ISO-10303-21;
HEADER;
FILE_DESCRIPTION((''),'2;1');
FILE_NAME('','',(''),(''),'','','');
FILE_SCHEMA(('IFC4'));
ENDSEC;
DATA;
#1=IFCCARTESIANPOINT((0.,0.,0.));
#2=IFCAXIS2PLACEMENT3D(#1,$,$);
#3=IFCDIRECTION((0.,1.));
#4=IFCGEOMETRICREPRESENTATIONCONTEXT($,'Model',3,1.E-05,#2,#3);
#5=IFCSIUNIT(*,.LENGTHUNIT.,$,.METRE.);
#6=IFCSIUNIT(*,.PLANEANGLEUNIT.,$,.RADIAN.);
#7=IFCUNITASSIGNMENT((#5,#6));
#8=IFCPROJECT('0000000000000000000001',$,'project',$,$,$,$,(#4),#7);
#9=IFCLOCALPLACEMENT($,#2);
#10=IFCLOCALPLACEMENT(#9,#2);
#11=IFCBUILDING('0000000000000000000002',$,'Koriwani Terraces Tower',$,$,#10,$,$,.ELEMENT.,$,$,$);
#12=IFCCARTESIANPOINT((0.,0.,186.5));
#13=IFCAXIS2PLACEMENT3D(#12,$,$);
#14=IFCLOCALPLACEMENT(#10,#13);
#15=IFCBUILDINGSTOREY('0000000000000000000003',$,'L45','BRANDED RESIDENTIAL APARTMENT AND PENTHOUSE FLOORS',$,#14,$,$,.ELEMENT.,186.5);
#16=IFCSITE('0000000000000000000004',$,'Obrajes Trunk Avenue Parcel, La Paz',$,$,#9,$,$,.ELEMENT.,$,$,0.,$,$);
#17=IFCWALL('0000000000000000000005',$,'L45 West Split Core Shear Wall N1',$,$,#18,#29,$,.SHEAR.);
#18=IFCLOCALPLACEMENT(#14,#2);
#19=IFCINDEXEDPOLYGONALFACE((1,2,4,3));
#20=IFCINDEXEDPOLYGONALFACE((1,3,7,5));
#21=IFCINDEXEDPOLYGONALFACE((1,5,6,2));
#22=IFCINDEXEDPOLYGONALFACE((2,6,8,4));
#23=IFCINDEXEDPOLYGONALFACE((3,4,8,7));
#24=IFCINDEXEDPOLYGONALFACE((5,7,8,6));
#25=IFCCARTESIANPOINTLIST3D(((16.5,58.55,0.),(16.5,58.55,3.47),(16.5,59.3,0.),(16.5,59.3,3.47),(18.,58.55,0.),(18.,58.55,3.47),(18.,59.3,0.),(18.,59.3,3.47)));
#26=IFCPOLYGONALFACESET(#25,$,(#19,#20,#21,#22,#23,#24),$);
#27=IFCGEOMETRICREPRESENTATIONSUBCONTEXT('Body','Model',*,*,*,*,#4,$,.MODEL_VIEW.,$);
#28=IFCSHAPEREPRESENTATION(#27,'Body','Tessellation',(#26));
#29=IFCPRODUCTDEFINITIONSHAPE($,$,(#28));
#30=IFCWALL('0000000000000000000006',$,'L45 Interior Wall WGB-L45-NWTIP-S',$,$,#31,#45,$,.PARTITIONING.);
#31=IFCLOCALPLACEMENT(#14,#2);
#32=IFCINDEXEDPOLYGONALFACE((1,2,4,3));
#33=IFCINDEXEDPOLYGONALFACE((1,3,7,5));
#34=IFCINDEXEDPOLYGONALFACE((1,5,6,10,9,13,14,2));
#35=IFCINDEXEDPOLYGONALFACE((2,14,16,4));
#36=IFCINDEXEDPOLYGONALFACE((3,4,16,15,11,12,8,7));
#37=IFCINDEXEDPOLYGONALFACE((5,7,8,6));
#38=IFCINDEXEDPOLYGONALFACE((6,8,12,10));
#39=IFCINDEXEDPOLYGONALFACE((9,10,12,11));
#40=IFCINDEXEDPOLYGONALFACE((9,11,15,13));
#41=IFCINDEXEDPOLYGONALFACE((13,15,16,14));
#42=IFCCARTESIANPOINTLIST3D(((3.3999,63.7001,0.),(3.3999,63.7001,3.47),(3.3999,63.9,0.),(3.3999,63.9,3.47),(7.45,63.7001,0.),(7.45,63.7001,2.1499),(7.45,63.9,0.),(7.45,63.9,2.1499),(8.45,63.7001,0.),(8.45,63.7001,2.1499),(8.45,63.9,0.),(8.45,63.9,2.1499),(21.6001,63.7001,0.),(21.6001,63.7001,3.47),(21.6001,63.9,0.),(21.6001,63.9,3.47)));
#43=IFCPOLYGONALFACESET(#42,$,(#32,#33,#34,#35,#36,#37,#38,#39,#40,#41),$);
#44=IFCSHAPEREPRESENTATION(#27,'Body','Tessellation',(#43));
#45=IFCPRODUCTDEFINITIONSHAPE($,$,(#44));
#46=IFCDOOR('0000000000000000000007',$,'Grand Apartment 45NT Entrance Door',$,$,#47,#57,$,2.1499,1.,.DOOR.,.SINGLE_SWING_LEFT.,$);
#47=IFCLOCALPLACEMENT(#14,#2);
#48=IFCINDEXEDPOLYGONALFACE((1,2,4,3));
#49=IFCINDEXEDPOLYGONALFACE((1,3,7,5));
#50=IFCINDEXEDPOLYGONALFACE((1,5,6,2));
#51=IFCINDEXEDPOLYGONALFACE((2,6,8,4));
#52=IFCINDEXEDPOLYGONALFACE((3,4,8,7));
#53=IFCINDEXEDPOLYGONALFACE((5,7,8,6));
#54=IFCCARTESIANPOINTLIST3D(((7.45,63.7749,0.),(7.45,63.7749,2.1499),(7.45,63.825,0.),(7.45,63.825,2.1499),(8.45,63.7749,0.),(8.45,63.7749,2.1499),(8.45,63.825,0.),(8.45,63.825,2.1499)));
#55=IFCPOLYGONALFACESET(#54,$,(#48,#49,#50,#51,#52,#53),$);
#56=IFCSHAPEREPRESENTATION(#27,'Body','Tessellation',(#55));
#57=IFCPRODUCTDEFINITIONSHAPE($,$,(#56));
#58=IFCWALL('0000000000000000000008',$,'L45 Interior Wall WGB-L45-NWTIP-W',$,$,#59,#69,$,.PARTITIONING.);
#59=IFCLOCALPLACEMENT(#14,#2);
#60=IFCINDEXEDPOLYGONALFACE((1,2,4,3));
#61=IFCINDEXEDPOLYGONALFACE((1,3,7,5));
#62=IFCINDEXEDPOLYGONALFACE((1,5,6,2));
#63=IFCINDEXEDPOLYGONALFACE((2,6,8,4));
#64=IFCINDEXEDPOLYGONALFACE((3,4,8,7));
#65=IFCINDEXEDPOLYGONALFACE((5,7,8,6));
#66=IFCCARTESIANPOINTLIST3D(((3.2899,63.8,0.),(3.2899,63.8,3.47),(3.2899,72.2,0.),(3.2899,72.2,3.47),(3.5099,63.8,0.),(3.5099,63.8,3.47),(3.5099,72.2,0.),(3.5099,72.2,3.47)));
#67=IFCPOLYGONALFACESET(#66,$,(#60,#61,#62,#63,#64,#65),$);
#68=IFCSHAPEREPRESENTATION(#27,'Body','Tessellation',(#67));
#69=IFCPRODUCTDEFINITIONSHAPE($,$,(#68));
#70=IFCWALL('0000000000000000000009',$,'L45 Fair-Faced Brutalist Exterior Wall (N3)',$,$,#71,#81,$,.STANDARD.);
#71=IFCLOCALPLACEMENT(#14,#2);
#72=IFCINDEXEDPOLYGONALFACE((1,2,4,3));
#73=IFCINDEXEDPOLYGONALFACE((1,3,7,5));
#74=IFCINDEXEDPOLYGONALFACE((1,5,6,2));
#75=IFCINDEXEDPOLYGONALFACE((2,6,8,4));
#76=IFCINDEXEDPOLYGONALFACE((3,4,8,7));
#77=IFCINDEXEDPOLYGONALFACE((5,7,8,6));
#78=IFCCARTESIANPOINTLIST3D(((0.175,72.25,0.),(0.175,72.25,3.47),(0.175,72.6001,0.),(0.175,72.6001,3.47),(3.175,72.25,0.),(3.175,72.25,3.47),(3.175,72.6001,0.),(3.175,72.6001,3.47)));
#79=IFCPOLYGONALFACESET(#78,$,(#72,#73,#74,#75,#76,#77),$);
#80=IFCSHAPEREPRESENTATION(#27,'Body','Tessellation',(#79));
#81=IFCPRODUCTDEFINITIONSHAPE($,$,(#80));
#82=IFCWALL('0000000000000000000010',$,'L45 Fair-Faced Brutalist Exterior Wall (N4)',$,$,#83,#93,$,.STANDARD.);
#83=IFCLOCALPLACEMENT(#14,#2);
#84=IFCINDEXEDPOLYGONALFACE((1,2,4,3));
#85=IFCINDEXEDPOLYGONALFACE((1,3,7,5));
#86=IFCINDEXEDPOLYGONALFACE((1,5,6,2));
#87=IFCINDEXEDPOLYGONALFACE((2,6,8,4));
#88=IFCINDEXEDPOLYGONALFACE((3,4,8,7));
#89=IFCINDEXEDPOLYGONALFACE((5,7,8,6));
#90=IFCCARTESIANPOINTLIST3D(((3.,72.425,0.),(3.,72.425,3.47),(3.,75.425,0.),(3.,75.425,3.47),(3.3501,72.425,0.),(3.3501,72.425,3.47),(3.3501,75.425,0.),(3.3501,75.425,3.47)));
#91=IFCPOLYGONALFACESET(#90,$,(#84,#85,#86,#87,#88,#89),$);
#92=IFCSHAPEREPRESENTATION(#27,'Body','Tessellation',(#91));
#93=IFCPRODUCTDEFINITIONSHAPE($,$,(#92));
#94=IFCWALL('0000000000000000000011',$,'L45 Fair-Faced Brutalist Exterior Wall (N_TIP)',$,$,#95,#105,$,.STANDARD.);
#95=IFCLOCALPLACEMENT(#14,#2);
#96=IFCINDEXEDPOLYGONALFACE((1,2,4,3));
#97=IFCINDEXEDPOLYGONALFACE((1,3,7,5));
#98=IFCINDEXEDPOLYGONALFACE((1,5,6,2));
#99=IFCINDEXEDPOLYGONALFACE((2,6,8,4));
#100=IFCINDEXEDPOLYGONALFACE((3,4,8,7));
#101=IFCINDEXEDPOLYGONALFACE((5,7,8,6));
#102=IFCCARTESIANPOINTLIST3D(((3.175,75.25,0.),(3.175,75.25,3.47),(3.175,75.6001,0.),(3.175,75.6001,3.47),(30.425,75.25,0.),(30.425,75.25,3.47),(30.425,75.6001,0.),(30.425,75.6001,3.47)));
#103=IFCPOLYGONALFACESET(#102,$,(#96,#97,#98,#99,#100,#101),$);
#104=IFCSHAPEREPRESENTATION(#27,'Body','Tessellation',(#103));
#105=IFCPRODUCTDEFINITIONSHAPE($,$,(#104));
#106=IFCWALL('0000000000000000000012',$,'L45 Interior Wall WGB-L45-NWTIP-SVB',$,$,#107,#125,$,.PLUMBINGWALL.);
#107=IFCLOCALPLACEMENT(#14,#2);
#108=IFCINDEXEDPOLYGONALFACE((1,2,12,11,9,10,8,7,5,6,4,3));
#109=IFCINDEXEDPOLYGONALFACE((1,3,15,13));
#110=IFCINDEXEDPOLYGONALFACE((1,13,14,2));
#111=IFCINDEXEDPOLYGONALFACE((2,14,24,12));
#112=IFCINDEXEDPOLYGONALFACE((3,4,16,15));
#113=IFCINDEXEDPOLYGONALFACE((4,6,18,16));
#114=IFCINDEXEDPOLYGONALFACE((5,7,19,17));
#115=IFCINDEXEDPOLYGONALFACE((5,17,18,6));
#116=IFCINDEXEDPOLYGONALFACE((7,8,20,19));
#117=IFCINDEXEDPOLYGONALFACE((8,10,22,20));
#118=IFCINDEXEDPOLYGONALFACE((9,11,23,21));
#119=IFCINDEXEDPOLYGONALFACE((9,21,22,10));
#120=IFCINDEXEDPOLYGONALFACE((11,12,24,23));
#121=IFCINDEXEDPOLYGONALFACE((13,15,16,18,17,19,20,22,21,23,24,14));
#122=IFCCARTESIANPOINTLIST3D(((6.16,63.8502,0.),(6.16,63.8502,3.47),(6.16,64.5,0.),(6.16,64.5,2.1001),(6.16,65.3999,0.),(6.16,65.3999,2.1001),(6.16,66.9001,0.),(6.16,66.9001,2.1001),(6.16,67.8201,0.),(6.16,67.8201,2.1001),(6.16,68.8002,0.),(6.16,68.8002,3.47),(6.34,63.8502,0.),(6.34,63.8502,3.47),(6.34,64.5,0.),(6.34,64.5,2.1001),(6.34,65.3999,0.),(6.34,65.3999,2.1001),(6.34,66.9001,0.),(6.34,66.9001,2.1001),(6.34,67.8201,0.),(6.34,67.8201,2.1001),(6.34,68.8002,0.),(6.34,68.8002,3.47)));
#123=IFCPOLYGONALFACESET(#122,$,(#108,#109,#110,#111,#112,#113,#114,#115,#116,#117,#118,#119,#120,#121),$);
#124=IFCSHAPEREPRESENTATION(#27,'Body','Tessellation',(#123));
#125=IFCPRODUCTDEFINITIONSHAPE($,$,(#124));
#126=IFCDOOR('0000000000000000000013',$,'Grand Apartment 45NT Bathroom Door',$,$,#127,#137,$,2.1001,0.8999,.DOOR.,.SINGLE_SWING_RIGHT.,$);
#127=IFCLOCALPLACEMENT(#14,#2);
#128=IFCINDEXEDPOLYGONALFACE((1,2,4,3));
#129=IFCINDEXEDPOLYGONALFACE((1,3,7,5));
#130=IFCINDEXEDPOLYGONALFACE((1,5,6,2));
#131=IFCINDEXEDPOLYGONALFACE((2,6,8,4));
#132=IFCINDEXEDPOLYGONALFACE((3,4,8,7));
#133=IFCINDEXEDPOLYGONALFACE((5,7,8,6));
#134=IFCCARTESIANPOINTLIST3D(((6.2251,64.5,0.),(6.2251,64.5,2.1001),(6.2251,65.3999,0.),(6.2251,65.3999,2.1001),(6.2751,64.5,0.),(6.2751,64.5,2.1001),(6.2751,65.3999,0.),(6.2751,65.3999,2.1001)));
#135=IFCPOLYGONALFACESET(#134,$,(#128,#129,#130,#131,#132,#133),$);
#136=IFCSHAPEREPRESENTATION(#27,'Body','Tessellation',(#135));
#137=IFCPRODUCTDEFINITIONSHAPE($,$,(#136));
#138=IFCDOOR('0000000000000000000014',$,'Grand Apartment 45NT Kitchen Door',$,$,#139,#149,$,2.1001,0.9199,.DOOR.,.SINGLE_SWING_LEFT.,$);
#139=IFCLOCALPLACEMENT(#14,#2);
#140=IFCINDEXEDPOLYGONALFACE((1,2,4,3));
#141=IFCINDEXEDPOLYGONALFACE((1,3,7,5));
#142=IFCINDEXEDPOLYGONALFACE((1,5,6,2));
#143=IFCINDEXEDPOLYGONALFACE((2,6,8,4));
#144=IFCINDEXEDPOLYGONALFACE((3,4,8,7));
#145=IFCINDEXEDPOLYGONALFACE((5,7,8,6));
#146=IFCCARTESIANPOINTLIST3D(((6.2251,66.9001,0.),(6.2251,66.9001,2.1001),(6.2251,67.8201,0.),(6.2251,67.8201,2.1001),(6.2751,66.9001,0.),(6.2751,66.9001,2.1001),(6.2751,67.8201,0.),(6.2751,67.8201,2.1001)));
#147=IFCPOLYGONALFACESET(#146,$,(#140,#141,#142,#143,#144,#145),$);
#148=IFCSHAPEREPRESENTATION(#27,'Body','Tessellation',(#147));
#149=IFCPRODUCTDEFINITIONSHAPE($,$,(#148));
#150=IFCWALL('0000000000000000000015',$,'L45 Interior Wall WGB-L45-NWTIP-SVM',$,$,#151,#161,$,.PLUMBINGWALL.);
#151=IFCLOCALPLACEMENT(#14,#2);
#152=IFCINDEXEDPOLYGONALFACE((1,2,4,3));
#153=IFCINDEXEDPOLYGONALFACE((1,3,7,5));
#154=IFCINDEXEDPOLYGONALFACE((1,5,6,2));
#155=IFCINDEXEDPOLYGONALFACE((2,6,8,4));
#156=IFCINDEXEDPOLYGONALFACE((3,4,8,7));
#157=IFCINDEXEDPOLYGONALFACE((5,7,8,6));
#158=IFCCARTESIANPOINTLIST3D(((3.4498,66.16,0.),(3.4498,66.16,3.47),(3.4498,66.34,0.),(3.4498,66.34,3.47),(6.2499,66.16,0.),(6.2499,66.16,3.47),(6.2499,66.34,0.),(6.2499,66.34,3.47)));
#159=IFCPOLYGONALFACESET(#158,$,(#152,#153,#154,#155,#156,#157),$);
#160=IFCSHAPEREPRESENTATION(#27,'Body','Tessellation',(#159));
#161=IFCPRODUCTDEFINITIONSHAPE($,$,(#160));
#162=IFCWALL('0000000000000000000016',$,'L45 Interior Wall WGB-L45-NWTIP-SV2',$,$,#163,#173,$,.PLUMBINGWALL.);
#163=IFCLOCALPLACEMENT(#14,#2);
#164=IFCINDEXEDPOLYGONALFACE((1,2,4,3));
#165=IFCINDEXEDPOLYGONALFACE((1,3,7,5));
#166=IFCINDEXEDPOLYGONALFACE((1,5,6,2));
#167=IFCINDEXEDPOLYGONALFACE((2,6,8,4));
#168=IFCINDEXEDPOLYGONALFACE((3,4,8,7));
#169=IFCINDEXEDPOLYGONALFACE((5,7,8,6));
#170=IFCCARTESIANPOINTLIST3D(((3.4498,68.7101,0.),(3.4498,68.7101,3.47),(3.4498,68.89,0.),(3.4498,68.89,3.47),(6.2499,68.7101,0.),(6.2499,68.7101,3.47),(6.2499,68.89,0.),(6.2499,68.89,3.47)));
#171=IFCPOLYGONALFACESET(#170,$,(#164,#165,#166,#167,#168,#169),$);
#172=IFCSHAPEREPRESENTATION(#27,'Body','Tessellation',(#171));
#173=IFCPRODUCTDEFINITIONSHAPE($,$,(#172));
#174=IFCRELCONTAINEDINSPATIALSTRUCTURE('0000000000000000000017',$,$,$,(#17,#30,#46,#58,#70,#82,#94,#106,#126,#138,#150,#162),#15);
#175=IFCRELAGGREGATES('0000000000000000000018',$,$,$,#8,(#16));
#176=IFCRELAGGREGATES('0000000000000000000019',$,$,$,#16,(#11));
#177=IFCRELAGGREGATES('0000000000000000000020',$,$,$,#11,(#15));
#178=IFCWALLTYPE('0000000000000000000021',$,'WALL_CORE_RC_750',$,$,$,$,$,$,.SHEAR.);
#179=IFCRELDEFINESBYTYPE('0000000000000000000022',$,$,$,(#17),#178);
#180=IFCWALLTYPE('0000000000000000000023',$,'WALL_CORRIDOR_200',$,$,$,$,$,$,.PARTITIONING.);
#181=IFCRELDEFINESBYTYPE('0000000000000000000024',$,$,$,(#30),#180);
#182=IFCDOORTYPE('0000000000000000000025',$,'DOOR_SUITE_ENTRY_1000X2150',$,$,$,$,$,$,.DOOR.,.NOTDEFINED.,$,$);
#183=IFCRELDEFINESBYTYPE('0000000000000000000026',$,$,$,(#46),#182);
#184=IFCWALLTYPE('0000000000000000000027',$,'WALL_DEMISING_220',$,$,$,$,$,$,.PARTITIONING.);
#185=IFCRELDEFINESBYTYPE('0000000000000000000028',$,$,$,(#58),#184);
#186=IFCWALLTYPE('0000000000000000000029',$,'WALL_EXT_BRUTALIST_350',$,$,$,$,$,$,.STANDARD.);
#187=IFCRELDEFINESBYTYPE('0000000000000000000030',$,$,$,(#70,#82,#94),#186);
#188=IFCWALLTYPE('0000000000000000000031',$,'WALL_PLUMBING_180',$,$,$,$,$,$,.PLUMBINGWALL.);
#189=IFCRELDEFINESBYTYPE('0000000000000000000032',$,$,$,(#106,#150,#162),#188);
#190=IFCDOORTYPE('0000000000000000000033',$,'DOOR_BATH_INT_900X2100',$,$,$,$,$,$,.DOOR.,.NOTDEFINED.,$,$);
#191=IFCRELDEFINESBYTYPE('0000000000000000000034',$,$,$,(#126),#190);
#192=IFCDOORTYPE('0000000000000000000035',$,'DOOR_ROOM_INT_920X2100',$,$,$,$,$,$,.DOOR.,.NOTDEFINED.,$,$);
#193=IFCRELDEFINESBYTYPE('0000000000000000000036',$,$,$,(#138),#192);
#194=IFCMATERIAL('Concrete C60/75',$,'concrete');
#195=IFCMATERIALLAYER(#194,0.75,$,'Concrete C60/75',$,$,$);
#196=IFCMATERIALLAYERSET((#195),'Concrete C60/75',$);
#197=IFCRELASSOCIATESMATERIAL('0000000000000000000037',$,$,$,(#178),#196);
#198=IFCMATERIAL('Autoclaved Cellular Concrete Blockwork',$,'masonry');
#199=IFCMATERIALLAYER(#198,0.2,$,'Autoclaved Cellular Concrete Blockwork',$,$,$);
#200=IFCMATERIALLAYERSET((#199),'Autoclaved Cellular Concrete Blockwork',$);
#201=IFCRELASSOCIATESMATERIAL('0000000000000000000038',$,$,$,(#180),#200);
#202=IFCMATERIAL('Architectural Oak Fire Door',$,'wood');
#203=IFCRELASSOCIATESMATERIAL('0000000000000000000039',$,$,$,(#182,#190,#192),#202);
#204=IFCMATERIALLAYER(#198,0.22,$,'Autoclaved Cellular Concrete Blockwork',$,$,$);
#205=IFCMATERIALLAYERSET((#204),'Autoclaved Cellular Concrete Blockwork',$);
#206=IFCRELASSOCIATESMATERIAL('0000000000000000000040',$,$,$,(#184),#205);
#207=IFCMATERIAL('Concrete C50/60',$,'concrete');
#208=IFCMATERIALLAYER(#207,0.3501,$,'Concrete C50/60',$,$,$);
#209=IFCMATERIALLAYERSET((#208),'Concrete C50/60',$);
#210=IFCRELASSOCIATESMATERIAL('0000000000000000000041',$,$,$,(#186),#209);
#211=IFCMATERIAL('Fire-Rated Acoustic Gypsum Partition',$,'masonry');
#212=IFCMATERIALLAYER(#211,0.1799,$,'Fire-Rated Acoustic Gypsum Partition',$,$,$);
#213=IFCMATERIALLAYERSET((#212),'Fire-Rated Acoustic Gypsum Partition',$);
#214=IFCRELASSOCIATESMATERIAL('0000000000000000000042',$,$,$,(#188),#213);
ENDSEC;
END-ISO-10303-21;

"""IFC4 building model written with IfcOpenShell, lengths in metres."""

from ifc_helpers import new_model, si_unit, direction, frame, frame_2d, origin, place, context, subcontext, project, spatial, rectangle, extrude, material, layer, layer_set, type_object, element, fill, save


model = new_model("IFC4")

# Units and contexts
model_context = context("Model", 3, precision=1e-05, world=origin(), true_north=direction((0.0, 1.0)))
body_context = subcontext(model_context, "Body", "Model", "MODEL_VIEW")
ifc_project = project(units=[si_unit("LENGTHUNIT", "METRE"), si_unit("PLANEANGLEUNIT", "RADIAN")], contexts=[model_context])

# Site, building, storey
site_placement = place(None, origin())
site = spatial("IfcSite", under=ifc_project, at=site_placement, Name="Obrajes Trunk Avenue Parcel, La Paz", CompositionType="ELEMENT", RefElevation=0.0)
building_placement = place(site_placement, origin())
building = spatial("IfcBuilding", under=site, at=building_placement, Name="Koriwani Terraces Tower", CompositionType="ELEMENT")
storey_placement = place(building_placement, frame((0.0, 0.0, 186.5)))
storey = spatial("IfcBuildingStorey", under=building, at=storey_placement, Name="L45", Description="BRANDED RESIDENTIAL APARTMENT AND PENTHOUSE FLOORS", CompositionType="ELEMENT", Elevation=186.5)

# Shared definitions
ifc_material_1 = material(Name="Concrete C50/60", Category="concrete")

# Wall
ifc_material_2 = material(Name="Concrete C60/75", Category="concrete")
ifc_layer_1 = layer(ifc_material_2, 0.75, Name="Concrete C60/75")
ifc_layer_set_1 = layer_set([ifc_layer_1], Name="Concrete C60/75")
wall_type_1 = type_object("IfcWallType", Name="WALL_CORE_RC_750", PredefinedType="SHEAR", material=ifc_layer_set_1)
wall_1_placement = place(storey_placement, frame((16.5, 58.925, 0.0), z_axis=(0.0, 0.0, 1.0), x_axis=(1.0, 0.0, 0.0)))
element("IfcWall", 1, at=wall_1_placement, inside=storey, type_object=wall_type_1, Name="L45 West Split Core Shear Wall N1", PredefinedType="SHEAR", context=body_context, shape_type="SweptSolid", body=[
    extrude(rectangle(XDim=1.5, YDim=0.75, at=frame_2d((0.75, 0.0))), origin(), (0.0, 0.0, 1.0), 3.47),
])

# Wall, opening, door
ifc_material_3 = material(Name="Autoclaved Cellular Concrete Blockwork", Category="masonry")
ifc_layer_2 = layer(ifc_material_3, 0.2, Name="Autoclaved Cellular Concrete Blockwork")
ifc_layer_set_2 = layer_set([ifc_layer_2], Name="Autoclaved Cellular Concrete Blockwork")
wall_type_2 = type_object("IfcWallType", Name="WALL_CORRIDOR_200", PredefinedType="PARTITIONING", material=ifc_layer_set_2)
wall_2_placement = place(storey_placement, frame((3.3999, 63.8, 0.0), z_axis=(0.0, 0.0, 1.0), x_axis=(1.0, 0.0, 0.0)))
wall_2 = element("IfcWall", 2, at=wall_2_placement, inside=storey, type_object=wall_type_2, Name="L45 Interior Wall WGB-L45-NWTIP-S", PredefinedType="PARTITIONING", context=body_context, shape_type="SweptSolid", body=[
    extrude(rectangle(XDim=18.2002, YDim=0.2, at=frame_2d((9.1001, 0.0))), origin(), (0.0, 0.0, 1.0), 3.47),
])
opening_1_placement = place(wall_2_placement, frame((4.05, 0.0, 0.0)))
opening_1 = element("IfcOpeningElement", 3, at=opening_1_placement, cuts=wall_2, PredefinedType="OPENING", context=body_context, shape_type="SweptSolid", body=[
    extrude(rectangle(XDim=1.0, YDim=2.1499, at=frame_2d((0.5, 1.075))), frame((0.0, 0.1099, 0.0), z_axis=(0.0, -1.0, 0.0), x_axis=(1.0, 0.0, 0.0)), (0.0, 0.0, 1.0), 0.22),
])
ifc_material_4 = material(Name="Architectural Oak Fire Door", Category="wood")
door_type_1 = type_object("IfcDoorType", Name="DOOR_SUITE_ENTRY_1000X2150", OperationType="NOTDEFINED", PredefinedType="DOOR", material=ifc_material_4)
door_1_placement = place(opening_1_placement, origin())
door_1 = element("IfcDoor", 4, at=door_1_placement, inside=storey, type_object=door_type_1, Name="Grand Apartment 45NT Entrance Door", OperationType="SINGLE_SWING_LEFT", OverallHeight=2.1499, OverallWidth=1.0, PredefinedType="DOOR", context=body_context, shape_type="SweptSolid", body=[
    extrude(rectangle(XDim=1.0, YDim=2.1499, at=frame_2d((0.5, 1.075))), frame((0.0, 0.0249, 0.0), z_axis=(0.0, -1.0, 0.0), x_axis=(1.0, 0.0, 0.0)), (0.0, 0.0, 1.0), 0.05),
])
fill(opening_1, door_1)

# Walls
ifc_layer_3 = layer(ifc_material_3, 0.22, Name="Autoclaved Cellular Concrete Blockwork")
ifc_layer_set_3 = layer_set([ifc_layer_3], Name="Autoclaved Cellular Concrete Blockwork")
wall_type_3 = type_object("IfcWallType", Name="WALL_DEMISING_220", PredefinedType="PARTITIONING", material=ifc_layer_set_3)
wall_3_placement = place(storey_placement, frame((3.3999, 63.8, 0.0), z_axis=(0.0, 0.0, 1.0), x_axis=(0.0, 1.0, 0.0)))
element("IfcWall", 5, at=wall_3_placement, inside=storey, type_object=wall_type_3, Name="L45 Interior Wall WGB-L45-NWTIP-W", PredefinedType="PARTITIONING", context=body_context, shape_type="SweptSolid", body=[
    extrude(rectangle(XDim=8.3999, YDim=0.22, at=frame_2d((4.2, 0.0))), origin(), (0.0, 0.0, 1.0), 3.47),
])
ifc_layer_4 = layer(ifc_material_1, 0.3501, Name="Concrete C50/60")
ifc_layer_set_4 = layer_set([ifc_layer_4], Name="Concrete C50/60")
wall_type_4 = type_object("IfcWallType", Name="WALL_EXT_BRUTALIST_350", PredefinedType="STANDARD", material=ifc_layer_set_4)
for number, where, z_axis, x_axis, name in (
    (6, (0.175, 72.425, 0.0), (0.0, 0.0, 1.0), (1.0, 0.0, 0.0), "L45 Fair-Faced Brutalist Exterior Wall (N3)"),
    (7, (3.175, 72.425, 0.0), (0.0, 0.0, 1.0), (0.0, 1.0, 0.0), "L45 Fair-Faced Brutalist Exterior Wall (N4)"),
):
    element("IfcWall", number, at=place(storey_placement, frame(where, z_axis=z_axis, x_axis=x_axis)), inside=storey, type_object=wall_type_4, Name=name, PredefinedType="STANDARD", context=body_context, shape_type="SweptSolid", body=[
        extrude(rectangle(XDim=3.0, YDim=0.3501, at=frame_2d((1.5, 0.0))), origin(), (0.0, 0.0, 1.0), 3.47),
    ])
wall_4_placement = place(storey_placement, frame((3.175, 75.425, 0.0), z_axis=(0.0, 0.0, 1.0), x_axis=(1.0, 0.0, 0.0)))
element("IfcWall", 8, at=wall_4_placement, inside=storey, type_object=wall_type_4, Name="L45 Fair-Faced Brutalist Exterior Wall (N_TIP)", PredefinedType="STANDARD", context=body_context, shape_type="SweptSolid", body=[
    extrude(rectangle(XDim=27.25, YDim=0.3501, at=frame_2d((13.625, 0.0))), origin(), (0.0, 0.0, 1.0), 3.47),
])

# Wall, openings, doors
ifc_material_5 = material(Name="Fire-Rated Acoustic Gypsum Partition", Category="masonry")
ifc_layer_5 = layer(ifc_material_5, 0.1799, Name="Fire-Rated Acoustic Gypsum Partition")
ifc_layer_set_5 = layer_set([ifc_layer_5], Name="Fire-Rated Acoustic Gypsum Partition")
wall_type_5 = type_object("IfcWallType", Name="WALL_PLUMBING_180", PredefinedType="PLUMBINGWALL", material=ifc_layer_set_5)
wall_5_placement = place(storey_placement, frame((6.25, 63.8501, 0.0), z_axis=(0.0, 0.0, 1.0), x_axis=(0.0, 1.0, 0.0)))
wall_5 = element("IfcWall", 9, at=wall_5_placement, inside=storey, type_object=wall_type_5, Name="L45 Interior Wall WGB-L45-NWTIP-SVB", PredefinedType="PLUMBINGWALL", context=body_context, shape_type="SweptSolid", body=[
    extrude(rectangle(XDim=4.95, YDim=0.1799, at=frame_2d((2.4751, 0.0))), origin(), (0.0, 0.0, 1.0), 3.47),
])
opening_2_placement = place(wall_5_placement, frame((0.6499, 0.0, 0.0)))
opening_2 = element("IfcOpeningElement", 10, at=opening_2_placement, cuts=wall_5, PredefinedType="OPENING", context=body_context, shape_type="SweptSolid", body=[
    extrude(rectangle(XDim=0.8999, YDim=2.1001, at=frame_2d((0.45, 1.05))), frame((0.0, 0.1001, 0.0), z_axis=(0.0, -1.0, 0.0), x_axis=(1.0, 0.0, 0.0)), (0.0, 0.0, 1.0), 0.2),
])
opening_3_placement = place(wall_5_placement, frame((3.05, 0.0, 0.0)))
opening_3 = element("IfcOpeningElement", 11, at=opening_3_placement, cuts=wall_5, PredefinedType="OPENING", context=body_context, shape_type="SweptSolid", body=[
    extrude(rectangle(XDim=0.9199, YDim=2.1001, at=frame_2d((0.46, 1.05))), frame((0.0, 0.1001, 0.0), z_axis=(0.0, -1.0, 0.0), x_axis=(1.0, 0.0, 0.0)), (0.0, 0.0, 1.0), 0.2),
])
door_type_2 = type_object("IfcDoorType", Name="DOOR_BATH_INT_900X2100", OperationType="NOTDEFINED", PredefinedType="DOOR", material=ifc_material_4)
door_2_placement = place(opening_2_placement, origin())
door_2 = element("IfcDoor", 12, at=door_2_placement, inside=storey, type_object=door_type_2, Name="Grand Apartment 45NT Bathroom Door", OperationType="SINGLE_SWING_RIGHT", OverallHeight=2.1001, OverallWidth=0.8999, PredefinedType="DOOR", context=body_context, shape_type="SweptSolid", body=[
    extrude(rectangle(XDim=0.8999, YDim=2.1001, at=frame_2d((0.45, 1.05))), frame((0.0, 0.0249, 0.0), z_axis=(0.0, -1.0, 0.0), x_axis=(1.0, 0.0, 0.0)), (0.0, 0.0, 1.0), 0.05),
])
fill(opening_2, door_2)
door_type_3 = type_object("IfcDoorType", Name="DOOR_ROOM_INT_920X2100", OperationType="NOTDEFINED", PredefinedType="DOOR", material=ifc_material_4)
door_3_placement = place(opening_3_placement, origin())
door_3 = element("IfcDoor", 13, at=door_3_placement, inside=storey, type_object=door_type_3, Name="Grand Apartment 45NT Kitchen Door", OperationType="SINGLE_SWING_LEFT", OverallHeight=2.1001, OverallWidth=0.9199, PredefinedType="DOOR", context=body_context, shape_type="SweptSolid", body=[
    extrude(rectangle(XDim=0.9199, YDim=2.1001, at=frame_2d((0.46, 1.05))), frame((0.0, 0.0249, 0.0), z_axis=(0.0, -1.0, 0.0), x_axis=(1.0, 0.0, 0.0)), (0.0, 0.0, 1.0), 0.05),
])
fill(opening_3, door_3)

# Walls
for number, where, z_axis, x_axis, name in (
    (14, (3.45, 66.25, 0.0), (0.0, 0.0, 1.0), (1.0, 0.0, 0.0), "L45 Interior Wall WGB-L45-NWTIP-SVM"),
    (15, (3.45, 68.8, 0.0), (0.0, 0.0, 1.0), (1.0, 0.0, 0.0), "L45 Interior Wall WGB-L45-NWTIP-SV2"),
):
    element("IfcWall", number, at=place(storey_placement, frame(where, z_axis=z_axis, x_axis=x_axis)), inside=storey, type_object=wall_type_5, Name=name, PredefinedType="PLUMBINGWALL", context=body_context, shape_type="SweptSolid", body=[
        extrude(rectangle(XDim=2.8, YDim=0.1799, at=frame_2d((1.3999, 0.0))), origin(), (0.0, 0.0, 1.0), 3.47),
    ])

save(model, "model.ifc")
